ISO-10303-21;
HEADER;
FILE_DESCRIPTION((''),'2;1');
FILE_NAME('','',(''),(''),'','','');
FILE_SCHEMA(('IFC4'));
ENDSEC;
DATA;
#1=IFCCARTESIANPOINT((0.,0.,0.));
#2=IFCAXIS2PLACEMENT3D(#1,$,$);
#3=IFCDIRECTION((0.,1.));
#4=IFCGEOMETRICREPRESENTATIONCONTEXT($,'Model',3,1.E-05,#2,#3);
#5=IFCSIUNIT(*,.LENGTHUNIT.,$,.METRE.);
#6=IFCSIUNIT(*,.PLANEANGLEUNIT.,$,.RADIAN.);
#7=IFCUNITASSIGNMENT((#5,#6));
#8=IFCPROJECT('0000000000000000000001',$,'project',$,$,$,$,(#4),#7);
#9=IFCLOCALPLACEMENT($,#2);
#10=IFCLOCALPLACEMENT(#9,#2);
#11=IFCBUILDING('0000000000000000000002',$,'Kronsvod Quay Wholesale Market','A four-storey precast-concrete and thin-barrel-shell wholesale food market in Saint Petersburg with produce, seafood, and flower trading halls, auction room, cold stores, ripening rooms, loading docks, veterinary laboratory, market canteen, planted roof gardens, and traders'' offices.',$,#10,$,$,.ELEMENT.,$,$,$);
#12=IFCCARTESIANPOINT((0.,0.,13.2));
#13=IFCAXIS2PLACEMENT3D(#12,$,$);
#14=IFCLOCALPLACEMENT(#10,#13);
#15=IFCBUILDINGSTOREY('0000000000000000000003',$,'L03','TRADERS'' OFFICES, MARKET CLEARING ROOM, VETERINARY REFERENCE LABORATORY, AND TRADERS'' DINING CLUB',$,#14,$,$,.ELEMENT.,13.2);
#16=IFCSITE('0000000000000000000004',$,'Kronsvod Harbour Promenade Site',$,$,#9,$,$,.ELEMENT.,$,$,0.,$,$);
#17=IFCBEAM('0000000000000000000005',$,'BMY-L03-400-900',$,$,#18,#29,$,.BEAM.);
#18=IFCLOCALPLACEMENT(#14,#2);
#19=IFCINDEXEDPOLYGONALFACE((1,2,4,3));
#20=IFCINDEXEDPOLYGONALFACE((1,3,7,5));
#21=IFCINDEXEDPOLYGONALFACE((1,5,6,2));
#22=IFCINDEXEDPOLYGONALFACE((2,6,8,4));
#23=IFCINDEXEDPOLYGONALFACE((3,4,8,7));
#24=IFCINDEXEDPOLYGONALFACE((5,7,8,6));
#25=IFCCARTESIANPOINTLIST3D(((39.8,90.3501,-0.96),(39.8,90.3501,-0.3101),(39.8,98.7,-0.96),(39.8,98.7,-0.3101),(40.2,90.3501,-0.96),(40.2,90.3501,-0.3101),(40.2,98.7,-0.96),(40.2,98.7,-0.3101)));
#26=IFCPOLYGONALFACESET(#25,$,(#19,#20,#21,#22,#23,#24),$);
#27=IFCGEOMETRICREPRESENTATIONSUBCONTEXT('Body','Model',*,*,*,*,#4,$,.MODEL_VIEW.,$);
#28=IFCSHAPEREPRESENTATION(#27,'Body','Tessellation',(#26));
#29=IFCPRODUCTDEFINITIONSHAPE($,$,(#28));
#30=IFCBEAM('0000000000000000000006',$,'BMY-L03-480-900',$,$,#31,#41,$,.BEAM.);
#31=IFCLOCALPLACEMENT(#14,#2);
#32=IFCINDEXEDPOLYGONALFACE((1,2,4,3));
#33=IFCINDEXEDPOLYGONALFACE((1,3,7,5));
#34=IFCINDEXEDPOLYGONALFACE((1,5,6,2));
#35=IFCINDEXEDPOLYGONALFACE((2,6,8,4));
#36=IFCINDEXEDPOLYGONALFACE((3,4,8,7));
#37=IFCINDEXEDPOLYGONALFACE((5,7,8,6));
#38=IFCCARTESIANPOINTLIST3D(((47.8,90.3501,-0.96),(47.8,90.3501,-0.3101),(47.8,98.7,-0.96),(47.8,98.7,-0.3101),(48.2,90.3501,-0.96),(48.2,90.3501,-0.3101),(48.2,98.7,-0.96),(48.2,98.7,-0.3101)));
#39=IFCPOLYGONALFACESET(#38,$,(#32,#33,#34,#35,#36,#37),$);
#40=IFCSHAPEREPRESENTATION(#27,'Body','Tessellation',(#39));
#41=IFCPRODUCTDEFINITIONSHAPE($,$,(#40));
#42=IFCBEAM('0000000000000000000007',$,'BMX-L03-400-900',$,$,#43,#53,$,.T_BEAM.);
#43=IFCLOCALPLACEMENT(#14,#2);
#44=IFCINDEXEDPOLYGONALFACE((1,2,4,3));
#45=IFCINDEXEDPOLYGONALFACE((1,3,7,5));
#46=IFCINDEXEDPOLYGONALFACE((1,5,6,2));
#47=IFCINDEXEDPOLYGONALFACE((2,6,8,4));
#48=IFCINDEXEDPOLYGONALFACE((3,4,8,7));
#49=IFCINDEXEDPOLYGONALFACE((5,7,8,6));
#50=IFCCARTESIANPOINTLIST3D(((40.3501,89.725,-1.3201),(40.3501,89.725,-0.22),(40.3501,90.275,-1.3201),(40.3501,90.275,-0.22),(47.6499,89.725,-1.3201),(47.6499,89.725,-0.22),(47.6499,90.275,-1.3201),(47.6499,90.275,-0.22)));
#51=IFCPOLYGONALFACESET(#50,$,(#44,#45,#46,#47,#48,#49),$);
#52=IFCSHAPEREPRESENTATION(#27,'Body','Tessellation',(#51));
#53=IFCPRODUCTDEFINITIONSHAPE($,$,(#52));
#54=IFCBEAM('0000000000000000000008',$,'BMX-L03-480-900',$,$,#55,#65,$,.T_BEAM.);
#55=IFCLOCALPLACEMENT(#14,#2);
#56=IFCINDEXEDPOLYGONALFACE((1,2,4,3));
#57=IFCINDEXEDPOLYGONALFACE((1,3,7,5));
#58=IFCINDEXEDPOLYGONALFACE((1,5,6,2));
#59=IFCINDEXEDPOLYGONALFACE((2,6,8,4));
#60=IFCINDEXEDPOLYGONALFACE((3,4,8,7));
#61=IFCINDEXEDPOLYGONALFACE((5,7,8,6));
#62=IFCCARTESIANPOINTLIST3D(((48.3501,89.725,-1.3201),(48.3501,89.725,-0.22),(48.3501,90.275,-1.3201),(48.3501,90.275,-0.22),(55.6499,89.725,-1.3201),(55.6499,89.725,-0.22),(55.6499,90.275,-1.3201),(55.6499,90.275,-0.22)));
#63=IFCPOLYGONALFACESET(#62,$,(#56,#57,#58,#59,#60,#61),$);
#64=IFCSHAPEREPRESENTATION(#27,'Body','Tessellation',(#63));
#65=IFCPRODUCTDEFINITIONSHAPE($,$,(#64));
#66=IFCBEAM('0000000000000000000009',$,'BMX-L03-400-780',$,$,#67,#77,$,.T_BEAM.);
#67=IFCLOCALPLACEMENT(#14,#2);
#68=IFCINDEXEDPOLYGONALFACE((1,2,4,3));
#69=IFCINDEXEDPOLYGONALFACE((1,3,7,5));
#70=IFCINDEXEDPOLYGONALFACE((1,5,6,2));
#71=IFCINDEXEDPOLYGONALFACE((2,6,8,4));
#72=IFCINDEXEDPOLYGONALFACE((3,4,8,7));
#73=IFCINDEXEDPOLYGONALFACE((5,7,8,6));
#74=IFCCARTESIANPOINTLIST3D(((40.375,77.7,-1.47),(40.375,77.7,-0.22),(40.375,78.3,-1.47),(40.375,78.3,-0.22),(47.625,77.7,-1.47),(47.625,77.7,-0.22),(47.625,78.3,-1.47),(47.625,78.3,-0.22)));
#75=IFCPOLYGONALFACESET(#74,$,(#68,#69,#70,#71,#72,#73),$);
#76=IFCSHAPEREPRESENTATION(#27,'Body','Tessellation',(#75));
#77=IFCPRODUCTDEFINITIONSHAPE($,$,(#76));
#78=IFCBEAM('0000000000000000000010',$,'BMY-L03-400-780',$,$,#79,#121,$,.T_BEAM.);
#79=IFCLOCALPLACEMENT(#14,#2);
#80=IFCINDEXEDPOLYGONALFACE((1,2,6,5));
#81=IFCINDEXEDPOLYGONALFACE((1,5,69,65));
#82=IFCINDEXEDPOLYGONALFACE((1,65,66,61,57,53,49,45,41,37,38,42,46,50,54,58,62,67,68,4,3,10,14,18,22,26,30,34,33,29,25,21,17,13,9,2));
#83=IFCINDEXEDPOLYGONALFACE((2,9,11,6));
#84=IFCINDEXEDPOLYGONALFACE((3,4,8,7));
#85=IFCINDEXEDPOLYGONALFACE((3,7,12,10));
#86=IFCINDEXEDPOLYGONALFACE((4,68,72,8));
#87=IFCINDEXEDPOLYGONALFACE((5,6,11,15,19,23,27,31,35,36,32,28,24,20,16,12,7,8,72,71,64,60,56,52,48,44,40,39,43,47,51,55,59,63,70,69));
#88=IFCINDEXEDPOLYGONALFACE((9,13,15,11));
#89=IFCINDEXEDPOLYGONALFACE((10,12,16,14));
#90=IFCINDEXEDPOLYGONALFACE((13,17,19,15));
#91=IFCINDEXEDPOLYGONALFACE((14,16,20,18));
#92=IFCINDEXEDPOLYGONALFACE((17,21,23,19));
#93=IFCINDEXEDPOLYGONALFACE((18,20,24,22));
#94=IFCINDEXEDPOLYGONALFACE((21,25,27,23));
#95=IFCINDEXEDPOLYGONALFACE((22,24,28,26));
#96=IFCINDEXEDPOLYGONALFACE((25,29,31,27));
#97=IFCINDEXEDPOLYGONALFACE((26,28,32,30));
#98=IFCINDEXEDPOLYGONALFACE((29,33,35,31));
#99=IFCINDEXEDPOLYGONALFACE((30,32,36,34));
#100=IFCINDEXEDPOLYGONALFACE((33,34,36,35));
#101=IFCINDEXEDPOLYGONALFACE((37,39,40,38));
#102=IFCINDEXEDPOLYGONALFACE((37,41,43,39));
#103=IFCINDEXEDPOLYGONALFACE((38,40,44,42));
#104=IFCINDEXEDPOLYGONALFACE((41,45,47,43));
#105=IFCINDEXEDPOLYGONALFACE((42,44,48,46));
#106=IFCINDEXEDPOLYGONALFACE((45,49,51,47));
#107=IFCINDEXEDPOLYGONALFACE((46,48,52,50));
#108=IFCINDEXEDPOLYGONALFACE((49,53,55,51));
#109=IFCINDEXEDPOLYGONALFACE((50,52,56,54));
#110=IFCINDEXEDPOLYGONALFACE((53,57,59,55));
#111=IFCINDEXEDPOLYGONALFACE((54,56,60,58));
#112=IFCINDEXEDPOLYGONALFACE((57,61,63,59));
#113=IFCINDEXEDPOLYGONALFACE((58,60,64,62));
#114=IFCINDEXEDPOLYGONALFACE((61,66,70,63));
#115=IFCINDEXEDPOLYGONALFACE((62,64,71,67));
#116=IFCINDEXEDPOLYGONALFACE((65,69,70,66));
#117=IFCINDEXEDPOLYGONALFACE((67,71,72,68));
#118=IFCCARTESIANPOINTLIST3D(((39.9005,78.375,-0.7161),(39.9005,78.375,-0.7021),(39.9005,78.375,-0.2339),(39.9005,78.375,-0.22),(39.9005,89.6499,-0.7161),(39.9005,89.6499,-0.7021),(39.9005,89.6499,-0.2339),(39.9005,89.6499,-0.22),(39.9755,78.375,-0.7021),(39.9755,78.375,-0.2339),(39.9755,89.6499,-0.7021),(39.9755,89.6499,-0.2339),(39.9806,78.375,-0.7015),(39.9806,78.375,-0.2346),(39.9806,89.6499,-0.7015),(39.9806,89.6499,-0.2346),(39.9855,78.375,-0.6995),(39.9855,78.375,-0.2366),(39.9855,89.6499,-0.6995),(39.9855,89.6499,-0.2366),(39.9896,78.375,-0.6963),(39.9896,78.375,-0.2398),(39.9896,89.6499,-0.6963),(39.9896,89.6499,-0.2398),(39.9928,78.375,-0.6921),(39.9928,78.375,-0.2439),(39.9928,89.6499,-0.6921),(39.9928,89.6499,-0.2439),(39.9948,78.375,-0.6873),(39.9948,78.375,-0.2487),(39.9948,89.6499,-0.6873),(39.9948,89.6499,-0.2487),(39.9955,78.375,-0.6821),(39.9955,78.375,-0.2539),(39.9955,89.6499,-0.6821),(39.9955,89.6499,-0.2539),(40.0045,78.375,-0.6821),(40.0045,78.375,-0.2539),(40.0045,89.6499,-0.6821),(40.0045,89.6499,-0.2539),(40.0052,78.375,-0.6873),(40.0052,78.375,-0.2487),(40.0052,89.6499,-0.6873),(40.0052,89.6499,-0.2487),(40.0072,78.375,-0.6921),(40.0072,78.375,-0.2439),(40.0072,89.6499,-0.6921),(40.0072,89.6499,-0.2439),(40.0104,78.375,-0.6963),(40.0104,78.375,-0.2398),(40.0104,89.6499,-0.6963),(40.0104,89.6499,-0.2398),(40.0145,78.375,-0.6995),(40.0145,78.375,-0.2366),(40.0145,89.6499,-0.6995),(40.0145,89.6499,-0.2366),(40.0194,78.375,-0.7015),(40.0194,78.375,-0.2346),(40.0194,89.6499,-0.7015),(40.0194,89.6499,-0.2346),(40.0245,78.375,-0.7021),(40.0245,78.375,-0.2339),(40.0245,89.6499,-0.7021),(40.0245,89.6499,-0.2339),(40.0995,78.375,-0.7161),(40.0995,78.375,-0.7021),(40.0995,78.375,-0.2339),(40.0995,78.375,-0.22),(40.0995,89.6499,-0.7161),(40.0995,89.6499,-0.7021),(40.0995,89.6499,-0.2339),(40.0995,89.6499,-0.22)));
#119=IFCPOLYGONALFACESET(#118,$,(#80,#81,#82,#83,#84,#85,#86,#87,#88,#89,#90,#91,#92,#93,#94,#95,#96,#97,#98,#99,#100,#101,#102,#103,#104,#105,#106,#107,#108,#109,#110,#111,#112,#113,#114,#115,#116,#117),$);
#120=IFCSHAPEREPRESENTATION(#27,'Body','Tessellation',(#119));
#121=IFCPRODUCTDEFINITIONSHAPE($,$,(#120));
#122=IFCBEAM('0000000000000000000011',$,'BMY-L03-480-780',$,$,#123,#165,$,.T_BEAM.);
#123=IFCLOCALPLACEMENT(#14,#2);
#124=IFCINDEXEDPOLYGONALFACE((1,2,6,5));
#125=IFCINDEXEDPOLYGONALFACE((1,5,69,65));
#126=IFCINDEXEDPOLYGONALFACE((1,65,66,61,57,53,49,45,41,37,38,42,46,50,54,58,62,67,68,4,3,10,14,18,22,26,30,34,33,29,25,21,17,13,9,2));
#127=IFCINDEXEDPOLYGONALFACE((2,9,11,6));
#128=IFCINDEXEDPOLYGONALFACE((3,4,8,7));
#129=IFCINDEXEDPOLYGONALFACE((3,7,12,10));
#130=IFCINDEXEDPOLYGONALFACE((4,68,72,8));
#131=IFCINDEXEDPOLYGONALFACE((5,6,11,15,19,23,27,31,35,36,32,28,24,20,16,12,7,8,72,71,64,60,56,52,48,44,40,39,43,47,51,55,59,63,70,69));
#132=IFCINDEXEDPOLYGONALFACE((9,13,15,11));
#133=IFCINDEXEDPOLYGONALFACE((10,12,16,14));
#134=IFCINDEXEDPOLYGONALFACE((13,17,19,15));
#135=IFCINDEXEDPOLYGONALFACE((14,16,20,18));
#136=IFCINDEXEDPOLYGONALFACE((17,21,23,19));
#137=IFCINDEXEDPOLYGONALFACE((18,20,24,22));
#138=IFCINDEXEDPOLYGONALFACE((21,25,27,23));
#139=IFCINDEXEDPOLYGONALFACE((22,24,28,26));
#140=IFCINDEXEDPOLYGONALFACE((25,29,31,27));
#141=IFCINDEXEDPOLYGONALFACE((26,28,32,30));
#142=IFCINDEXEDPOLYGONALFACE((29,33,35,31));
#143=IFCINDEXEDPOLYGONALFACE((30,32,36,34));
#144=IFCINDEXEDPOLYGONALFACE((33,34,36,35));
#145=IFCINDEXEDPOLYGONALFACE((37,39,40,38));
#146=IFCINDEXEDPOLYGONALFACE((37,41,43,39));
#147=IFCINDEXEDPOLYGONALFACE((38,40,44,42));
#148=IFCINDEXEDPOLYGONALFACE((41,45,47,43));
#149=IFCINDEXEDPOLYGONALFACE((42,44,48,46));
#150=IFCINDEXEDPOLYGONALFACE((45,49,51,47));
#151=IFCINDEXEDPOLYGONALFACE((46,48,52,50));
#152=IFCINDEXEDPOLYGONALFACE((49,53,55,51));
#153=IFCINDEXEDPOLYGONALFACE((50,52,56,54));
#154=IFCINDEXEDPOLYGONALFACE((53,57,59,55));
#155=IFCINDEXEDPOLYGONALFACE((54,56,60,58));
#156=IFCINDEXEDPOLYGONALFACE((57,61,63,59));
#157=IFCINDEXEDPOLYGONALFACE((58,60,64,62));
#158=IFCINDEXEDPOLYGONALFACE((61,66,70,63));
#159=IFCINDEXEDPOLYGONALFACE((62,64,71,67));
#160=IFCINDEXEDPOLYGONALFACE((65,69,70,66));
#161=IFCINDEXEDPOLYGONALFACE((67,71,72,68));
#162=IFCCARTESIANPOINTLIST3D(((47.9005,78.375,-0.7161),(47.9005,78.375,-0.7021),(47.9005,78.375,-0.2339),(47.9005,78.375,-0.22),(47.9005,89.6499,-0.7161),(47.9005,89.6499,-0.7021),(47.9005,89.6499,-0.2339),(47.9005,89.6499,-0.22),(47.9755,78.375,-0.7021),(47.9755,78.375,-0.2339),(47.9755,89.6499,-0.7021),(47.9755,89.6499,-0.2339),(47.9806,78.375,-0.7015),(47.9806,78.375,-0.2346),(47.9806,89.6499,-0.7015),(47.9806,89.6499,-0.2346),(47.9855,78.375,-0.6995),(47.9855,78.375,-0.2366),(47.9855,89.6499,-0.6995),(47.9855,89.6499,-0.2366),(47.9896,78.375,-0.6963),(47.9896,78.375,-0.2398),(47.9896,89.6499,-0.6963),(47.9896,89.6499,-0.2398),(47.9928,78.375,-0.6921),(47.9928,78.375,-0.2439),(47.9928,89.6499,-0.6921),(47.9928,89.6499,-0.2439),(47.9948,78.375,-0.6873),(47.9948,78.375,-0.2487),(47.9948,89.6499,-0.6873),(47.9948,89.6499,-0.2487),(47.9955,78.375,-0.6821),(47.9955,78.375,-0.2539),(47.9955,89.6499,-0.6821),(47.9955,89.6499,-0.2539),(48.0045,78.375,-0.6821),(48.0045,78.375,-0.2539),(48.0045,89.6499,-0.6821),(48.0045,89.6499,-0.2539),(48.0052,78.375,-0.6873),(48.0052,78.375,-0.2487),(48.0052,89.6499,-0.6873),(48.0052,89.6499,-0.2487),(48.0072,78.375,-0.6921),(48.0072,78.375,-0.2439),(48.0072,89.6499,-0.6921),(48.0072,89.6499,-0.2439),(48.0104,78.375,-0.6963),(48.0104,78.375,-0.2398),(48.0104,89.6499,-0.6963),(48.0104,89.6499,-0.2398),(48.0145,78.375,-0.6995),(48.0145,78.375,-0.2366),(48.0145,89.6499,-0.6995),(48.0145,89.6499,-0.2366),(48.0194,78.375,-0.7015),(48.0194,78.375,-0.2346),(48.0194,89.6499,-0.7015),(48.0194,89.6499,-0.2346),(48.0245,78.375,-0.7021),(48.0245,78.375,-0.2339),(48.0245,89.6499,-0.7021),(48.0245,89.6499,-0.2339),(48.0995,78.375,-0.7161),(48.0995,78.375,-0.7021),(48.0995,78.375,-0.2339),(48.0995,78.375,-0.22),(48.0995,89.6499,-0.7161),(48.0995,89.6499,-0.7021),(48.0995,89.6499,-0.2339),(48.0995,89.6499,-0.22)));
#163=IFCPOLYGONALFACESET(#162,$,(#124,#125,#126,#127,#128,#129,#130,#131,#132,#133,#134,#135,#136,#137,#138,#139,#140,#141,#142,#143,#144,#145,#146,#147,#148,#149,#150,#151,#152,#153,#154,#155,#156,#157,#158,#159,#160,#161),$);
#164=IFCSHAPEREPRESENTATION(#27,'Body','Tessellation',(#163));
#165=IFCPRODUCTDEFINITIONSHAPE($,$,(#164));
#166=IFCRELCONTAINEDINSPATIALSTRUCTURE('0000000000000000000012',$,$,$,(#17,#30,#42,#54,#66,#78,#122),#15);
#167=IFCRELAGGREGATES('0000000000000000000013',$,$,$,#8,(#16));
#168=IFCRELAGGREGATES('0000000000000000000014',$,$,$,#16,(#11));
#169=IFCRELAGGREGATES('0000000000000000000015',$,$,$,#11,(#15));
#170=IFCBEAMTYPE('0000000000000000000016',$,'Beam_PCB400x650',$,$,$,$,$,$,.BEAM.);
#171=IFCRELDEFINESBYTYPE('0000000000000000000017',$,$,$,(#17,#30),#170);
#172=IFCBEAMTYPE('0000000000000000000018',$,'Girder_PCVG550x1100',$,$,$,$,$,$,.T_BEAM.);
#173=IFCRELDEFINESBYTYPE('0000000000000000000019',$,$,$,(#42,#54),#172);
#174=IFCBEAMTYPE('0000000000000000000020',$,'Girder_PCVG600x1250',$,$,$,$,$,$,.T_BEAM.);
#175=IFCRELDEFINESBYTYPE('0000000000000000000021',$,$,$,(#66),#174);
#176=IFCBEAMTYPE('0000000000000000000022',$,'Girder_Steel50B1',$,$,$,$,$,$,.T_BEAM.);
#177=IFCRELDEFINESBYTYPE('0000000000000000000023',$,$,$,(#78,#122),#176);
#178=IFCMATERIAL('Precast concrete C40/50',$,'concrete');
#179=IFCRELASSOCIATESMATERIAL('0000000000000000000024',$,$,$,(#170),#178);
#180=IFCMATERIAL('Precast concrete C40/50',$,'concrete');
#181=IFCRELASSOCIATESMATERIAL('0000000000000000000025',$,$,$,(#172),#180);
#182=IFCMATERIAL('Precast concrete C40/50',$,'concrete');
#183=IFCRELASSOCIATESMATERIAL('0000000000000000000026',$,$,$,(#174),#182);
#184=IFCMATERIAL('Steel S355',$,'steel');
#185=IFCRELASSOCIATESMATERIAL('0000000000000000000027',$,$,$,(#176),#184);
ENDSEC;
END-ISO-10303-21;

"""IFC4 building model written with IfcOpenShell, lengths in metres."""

from ifc_helpers import new_model, si_unit, direction, frame, origin, origin_2d, place, context, subcontext, project, spatial, rectangle, i_section, extrude, material, material_profile, profile_set, type_object, element, save


model = new_model("IFC4")

# Units and contexts
model_context = context("Model", 3, precision=1e-05, world=origin(), true_north=direction((0.0, 1.0)))
body_context = subcontext(model_context, "Body", "Model", "MODEL_VIEW")
ifc_project = project(units=[si_unit("LENGTHUNIT", "METRE"), si_unit("PLANEANGLEUNIT", "RADIAN")], contexts=[model_context])

# Site, building, storey
site_placement = place(None, origin())
site = spatial("IfcSite", under=ifc_project, at=site_placement, Name="Kronsvod Harbour Promenade Site", CompositionType="ELEMENT", RefElevation=0.0)
building_placement = place(site_placement, origin())
building = spatial("IfcBuilding", under=site, at=building_placement, Name="Kronsvod Quay Wholesale Market", Description="A four-storey precast-concrete and thin-barrel-shell wholesale food market in Saint Petersburg with produce, seafood, and flower trading halls, auction room, cold stores, ripening rooms, loading docks, veterinary laboratory, market canteen, planted roof gardens, and traders' offices.", CompositionType="ELEMENT")
storey_placement = place(building_placement, frame((0.0, 0.0, 13.2)))
storey = spatial("IfcBuildingStorey", under=building, at=storey_placement, Name="L03", Description="TRADERS' OFFICES, MARKET CLEARING ROOM, VETERINARY REFERENCE LABORATORY, AND TRADERS' DINING CLUB", CompositionType="ELEMENT", Elevation=13.2)

# Beams
ifc_material_1 = material(Name="Precast concrete C40/50", Category="concrete")
ifc_material_profile_1 = material_profile(ifc_material_1, rectangle(XDim=0.3999, YDim=0.6499, at=origin_2d()), Name="PCB400x650")
ifc_profile_set_1 = profile_set([ifc_material_profile_1], Name="Precast concrete C40/50")
beam_type_1 = type_object("IfcBeamType", Name="Beam_PCB400x650", PredefinedType="BEAM", material=ifc_profile_set_1)
for number, where, z_axis, x_axis, name in (
    (1, (40.0, 90.3501, -0.635), (0.0, 1.0, 0.0), (-1.0, 0.0, 0.0), "BMY-L03-400-900"),
    (2, (48.0, 90.3501, -0.635), (0.0, 1.0, 0.0), (-1.0, 0.0, 0.0), "BMY-L03-480-900"),
):
    element("IfcBeam", number, at=place(storey_placement, frame(where, z_axis=z_axis, x_axis=x_axis)), inside=storey, type_object=beam_type_1, Name=name, PredefinedType="BEAM", context=body_context, shape_type="SweptSolid", body=[
        extrude(rectangle(XDim=0.3999, YDim=0.6499, at=origin_2d()), origin(), (0.0, 0.0, 1.0), 8.3499),
    ])
ifc_material_2 = material(Name="Precast concrete C40/50", Category="concrete")
ifc_material_profile_2 = material_profile(ifc_material_2, rectangle(XDim=0.55, YDim=1.1001, at=origin_2d()), Name="PCVG550x1100")
ifc_profile_set_2 = profile_set([ifc_material_profile_2], Name="Precast concrete C40/50")
beam_type_2 = type_object("IfcBeamType", Name="Girder_PCVG550x1100", PredefinedType="T_BEAM", material=ifc_profile_set_2)
for number, where, z_axis, x_axis, name in (
    (3, (40.3501, 90.0, -0.77), (1.0, 0.0, 0.0), (0.0, 1.0, 0.0), "BMX-L03-400-900"),
    (4, (48.3501, 90.0, -0.77), (1.0, 0.0, 0.0), (0.0, 1.0, 0.0), "BMX-L03-480-900"),
):
    element("IfcBeam", number, at=place(storey_placement, frame(where, z_axis=z_axis, x_axis=x_axis)), inside=storey, type_object=beam_type_2, Name=name, PredefinedType="T_BEAM", context=body_context, shape_type="SweptSolid", body=[
        extrude(rectangle(XDim=0.55, YDim=1.1001, at=origin_2d()), origin(), (0.0, 0.0, 1.0), 7.2998),
    ])
ifc_material_3 = material(Name="Precast concrete C40/50", Category="concrete")
ifc_material_profile_3 = material_profile(ifc_material_3, rectangle(XDim=0.6001, YDim=1.25, at=origin_2d()), Name="PCVG600x1250")
ifc_profile_set_3 = profile_set([ifc_material_profile_3], Name="Precast concrete C40/50")
beam_type_3 = type_object("IfcBeamType", Name="Girder_PCVG600x1250", PredefinedType="T_BEAM", material=ifc_profile_set_3)
beam_placement = place(storey_placement, frame((40.375, 78.0, -0.845), z_axis=(1.0, 0.0, 0.0), x_axis=(0.0, 1.0, 0.0)))
element("IfcBeam", 5, at=beam_placement, inside=storey, type_object=beam_type_3, Name="BMX-L03-400-780", PredefinedType="T_BEAM", context=body_context, shape_type="SweptSolid", body=[
    extrude(rectangle(XDim=0.6001, YDim=1.25, at=origin_2d()), origin(), (0.0, 0.0, 1.0), 7.25),
])
ifc_material_4 = material(Name="Steel S355", Category="steel")
ifc_material_profile_4 = material_profile(ifc_material_4, i_section(OverallWidth=0.199, OverallDepth=0.4961, WebThickness=0.009, FlangeThickness=0.0139, FilletRadius=0.02, at=origin_2d()), Name="50B1")
ifc_profile_set_4 = profile_set([ifc_material_profile_4], Name="Steel S355")
beam_type_4 = type_object("IfcBeamType", Name="Girder_Steel50B1", PredefinedType="T_BEAM", material=ifc_profile_set_4)
for number, where, z_axis, x_axis, name in (
    (6, (40.0, 78.375, -0.468), (0.0, 1.0, 0.0), (-1.0, 0.0, 0.0), "BMY-L03-400-780"),
    (7, (48.0, 78.375, -0.468), (0.0, 1.0, 0.0), (-1.0, 0.0, 0.0), "BMY-L03-480-780"),
):
    element("IfcBeam", number, at=place(storey_placement, frame(where, z_axis=z_axis, x_axis=x_axis)), inside=storey, type_object=beam_type_4, Name=name, PredefinedType="T_BEAM", context=body_context, shape_type="SweptSolid", body=[
        extrude(i_section(OverallWidth=0.199, OverallDepth=0.4961, WebThickness=0.009, FlangeThickness=0.0139, FilletRadius=0.02, at=origin_2d()), origin(), (0.0, 0.0, 1.0), 11.2749),
    ])

save(model, "model.ifc")
